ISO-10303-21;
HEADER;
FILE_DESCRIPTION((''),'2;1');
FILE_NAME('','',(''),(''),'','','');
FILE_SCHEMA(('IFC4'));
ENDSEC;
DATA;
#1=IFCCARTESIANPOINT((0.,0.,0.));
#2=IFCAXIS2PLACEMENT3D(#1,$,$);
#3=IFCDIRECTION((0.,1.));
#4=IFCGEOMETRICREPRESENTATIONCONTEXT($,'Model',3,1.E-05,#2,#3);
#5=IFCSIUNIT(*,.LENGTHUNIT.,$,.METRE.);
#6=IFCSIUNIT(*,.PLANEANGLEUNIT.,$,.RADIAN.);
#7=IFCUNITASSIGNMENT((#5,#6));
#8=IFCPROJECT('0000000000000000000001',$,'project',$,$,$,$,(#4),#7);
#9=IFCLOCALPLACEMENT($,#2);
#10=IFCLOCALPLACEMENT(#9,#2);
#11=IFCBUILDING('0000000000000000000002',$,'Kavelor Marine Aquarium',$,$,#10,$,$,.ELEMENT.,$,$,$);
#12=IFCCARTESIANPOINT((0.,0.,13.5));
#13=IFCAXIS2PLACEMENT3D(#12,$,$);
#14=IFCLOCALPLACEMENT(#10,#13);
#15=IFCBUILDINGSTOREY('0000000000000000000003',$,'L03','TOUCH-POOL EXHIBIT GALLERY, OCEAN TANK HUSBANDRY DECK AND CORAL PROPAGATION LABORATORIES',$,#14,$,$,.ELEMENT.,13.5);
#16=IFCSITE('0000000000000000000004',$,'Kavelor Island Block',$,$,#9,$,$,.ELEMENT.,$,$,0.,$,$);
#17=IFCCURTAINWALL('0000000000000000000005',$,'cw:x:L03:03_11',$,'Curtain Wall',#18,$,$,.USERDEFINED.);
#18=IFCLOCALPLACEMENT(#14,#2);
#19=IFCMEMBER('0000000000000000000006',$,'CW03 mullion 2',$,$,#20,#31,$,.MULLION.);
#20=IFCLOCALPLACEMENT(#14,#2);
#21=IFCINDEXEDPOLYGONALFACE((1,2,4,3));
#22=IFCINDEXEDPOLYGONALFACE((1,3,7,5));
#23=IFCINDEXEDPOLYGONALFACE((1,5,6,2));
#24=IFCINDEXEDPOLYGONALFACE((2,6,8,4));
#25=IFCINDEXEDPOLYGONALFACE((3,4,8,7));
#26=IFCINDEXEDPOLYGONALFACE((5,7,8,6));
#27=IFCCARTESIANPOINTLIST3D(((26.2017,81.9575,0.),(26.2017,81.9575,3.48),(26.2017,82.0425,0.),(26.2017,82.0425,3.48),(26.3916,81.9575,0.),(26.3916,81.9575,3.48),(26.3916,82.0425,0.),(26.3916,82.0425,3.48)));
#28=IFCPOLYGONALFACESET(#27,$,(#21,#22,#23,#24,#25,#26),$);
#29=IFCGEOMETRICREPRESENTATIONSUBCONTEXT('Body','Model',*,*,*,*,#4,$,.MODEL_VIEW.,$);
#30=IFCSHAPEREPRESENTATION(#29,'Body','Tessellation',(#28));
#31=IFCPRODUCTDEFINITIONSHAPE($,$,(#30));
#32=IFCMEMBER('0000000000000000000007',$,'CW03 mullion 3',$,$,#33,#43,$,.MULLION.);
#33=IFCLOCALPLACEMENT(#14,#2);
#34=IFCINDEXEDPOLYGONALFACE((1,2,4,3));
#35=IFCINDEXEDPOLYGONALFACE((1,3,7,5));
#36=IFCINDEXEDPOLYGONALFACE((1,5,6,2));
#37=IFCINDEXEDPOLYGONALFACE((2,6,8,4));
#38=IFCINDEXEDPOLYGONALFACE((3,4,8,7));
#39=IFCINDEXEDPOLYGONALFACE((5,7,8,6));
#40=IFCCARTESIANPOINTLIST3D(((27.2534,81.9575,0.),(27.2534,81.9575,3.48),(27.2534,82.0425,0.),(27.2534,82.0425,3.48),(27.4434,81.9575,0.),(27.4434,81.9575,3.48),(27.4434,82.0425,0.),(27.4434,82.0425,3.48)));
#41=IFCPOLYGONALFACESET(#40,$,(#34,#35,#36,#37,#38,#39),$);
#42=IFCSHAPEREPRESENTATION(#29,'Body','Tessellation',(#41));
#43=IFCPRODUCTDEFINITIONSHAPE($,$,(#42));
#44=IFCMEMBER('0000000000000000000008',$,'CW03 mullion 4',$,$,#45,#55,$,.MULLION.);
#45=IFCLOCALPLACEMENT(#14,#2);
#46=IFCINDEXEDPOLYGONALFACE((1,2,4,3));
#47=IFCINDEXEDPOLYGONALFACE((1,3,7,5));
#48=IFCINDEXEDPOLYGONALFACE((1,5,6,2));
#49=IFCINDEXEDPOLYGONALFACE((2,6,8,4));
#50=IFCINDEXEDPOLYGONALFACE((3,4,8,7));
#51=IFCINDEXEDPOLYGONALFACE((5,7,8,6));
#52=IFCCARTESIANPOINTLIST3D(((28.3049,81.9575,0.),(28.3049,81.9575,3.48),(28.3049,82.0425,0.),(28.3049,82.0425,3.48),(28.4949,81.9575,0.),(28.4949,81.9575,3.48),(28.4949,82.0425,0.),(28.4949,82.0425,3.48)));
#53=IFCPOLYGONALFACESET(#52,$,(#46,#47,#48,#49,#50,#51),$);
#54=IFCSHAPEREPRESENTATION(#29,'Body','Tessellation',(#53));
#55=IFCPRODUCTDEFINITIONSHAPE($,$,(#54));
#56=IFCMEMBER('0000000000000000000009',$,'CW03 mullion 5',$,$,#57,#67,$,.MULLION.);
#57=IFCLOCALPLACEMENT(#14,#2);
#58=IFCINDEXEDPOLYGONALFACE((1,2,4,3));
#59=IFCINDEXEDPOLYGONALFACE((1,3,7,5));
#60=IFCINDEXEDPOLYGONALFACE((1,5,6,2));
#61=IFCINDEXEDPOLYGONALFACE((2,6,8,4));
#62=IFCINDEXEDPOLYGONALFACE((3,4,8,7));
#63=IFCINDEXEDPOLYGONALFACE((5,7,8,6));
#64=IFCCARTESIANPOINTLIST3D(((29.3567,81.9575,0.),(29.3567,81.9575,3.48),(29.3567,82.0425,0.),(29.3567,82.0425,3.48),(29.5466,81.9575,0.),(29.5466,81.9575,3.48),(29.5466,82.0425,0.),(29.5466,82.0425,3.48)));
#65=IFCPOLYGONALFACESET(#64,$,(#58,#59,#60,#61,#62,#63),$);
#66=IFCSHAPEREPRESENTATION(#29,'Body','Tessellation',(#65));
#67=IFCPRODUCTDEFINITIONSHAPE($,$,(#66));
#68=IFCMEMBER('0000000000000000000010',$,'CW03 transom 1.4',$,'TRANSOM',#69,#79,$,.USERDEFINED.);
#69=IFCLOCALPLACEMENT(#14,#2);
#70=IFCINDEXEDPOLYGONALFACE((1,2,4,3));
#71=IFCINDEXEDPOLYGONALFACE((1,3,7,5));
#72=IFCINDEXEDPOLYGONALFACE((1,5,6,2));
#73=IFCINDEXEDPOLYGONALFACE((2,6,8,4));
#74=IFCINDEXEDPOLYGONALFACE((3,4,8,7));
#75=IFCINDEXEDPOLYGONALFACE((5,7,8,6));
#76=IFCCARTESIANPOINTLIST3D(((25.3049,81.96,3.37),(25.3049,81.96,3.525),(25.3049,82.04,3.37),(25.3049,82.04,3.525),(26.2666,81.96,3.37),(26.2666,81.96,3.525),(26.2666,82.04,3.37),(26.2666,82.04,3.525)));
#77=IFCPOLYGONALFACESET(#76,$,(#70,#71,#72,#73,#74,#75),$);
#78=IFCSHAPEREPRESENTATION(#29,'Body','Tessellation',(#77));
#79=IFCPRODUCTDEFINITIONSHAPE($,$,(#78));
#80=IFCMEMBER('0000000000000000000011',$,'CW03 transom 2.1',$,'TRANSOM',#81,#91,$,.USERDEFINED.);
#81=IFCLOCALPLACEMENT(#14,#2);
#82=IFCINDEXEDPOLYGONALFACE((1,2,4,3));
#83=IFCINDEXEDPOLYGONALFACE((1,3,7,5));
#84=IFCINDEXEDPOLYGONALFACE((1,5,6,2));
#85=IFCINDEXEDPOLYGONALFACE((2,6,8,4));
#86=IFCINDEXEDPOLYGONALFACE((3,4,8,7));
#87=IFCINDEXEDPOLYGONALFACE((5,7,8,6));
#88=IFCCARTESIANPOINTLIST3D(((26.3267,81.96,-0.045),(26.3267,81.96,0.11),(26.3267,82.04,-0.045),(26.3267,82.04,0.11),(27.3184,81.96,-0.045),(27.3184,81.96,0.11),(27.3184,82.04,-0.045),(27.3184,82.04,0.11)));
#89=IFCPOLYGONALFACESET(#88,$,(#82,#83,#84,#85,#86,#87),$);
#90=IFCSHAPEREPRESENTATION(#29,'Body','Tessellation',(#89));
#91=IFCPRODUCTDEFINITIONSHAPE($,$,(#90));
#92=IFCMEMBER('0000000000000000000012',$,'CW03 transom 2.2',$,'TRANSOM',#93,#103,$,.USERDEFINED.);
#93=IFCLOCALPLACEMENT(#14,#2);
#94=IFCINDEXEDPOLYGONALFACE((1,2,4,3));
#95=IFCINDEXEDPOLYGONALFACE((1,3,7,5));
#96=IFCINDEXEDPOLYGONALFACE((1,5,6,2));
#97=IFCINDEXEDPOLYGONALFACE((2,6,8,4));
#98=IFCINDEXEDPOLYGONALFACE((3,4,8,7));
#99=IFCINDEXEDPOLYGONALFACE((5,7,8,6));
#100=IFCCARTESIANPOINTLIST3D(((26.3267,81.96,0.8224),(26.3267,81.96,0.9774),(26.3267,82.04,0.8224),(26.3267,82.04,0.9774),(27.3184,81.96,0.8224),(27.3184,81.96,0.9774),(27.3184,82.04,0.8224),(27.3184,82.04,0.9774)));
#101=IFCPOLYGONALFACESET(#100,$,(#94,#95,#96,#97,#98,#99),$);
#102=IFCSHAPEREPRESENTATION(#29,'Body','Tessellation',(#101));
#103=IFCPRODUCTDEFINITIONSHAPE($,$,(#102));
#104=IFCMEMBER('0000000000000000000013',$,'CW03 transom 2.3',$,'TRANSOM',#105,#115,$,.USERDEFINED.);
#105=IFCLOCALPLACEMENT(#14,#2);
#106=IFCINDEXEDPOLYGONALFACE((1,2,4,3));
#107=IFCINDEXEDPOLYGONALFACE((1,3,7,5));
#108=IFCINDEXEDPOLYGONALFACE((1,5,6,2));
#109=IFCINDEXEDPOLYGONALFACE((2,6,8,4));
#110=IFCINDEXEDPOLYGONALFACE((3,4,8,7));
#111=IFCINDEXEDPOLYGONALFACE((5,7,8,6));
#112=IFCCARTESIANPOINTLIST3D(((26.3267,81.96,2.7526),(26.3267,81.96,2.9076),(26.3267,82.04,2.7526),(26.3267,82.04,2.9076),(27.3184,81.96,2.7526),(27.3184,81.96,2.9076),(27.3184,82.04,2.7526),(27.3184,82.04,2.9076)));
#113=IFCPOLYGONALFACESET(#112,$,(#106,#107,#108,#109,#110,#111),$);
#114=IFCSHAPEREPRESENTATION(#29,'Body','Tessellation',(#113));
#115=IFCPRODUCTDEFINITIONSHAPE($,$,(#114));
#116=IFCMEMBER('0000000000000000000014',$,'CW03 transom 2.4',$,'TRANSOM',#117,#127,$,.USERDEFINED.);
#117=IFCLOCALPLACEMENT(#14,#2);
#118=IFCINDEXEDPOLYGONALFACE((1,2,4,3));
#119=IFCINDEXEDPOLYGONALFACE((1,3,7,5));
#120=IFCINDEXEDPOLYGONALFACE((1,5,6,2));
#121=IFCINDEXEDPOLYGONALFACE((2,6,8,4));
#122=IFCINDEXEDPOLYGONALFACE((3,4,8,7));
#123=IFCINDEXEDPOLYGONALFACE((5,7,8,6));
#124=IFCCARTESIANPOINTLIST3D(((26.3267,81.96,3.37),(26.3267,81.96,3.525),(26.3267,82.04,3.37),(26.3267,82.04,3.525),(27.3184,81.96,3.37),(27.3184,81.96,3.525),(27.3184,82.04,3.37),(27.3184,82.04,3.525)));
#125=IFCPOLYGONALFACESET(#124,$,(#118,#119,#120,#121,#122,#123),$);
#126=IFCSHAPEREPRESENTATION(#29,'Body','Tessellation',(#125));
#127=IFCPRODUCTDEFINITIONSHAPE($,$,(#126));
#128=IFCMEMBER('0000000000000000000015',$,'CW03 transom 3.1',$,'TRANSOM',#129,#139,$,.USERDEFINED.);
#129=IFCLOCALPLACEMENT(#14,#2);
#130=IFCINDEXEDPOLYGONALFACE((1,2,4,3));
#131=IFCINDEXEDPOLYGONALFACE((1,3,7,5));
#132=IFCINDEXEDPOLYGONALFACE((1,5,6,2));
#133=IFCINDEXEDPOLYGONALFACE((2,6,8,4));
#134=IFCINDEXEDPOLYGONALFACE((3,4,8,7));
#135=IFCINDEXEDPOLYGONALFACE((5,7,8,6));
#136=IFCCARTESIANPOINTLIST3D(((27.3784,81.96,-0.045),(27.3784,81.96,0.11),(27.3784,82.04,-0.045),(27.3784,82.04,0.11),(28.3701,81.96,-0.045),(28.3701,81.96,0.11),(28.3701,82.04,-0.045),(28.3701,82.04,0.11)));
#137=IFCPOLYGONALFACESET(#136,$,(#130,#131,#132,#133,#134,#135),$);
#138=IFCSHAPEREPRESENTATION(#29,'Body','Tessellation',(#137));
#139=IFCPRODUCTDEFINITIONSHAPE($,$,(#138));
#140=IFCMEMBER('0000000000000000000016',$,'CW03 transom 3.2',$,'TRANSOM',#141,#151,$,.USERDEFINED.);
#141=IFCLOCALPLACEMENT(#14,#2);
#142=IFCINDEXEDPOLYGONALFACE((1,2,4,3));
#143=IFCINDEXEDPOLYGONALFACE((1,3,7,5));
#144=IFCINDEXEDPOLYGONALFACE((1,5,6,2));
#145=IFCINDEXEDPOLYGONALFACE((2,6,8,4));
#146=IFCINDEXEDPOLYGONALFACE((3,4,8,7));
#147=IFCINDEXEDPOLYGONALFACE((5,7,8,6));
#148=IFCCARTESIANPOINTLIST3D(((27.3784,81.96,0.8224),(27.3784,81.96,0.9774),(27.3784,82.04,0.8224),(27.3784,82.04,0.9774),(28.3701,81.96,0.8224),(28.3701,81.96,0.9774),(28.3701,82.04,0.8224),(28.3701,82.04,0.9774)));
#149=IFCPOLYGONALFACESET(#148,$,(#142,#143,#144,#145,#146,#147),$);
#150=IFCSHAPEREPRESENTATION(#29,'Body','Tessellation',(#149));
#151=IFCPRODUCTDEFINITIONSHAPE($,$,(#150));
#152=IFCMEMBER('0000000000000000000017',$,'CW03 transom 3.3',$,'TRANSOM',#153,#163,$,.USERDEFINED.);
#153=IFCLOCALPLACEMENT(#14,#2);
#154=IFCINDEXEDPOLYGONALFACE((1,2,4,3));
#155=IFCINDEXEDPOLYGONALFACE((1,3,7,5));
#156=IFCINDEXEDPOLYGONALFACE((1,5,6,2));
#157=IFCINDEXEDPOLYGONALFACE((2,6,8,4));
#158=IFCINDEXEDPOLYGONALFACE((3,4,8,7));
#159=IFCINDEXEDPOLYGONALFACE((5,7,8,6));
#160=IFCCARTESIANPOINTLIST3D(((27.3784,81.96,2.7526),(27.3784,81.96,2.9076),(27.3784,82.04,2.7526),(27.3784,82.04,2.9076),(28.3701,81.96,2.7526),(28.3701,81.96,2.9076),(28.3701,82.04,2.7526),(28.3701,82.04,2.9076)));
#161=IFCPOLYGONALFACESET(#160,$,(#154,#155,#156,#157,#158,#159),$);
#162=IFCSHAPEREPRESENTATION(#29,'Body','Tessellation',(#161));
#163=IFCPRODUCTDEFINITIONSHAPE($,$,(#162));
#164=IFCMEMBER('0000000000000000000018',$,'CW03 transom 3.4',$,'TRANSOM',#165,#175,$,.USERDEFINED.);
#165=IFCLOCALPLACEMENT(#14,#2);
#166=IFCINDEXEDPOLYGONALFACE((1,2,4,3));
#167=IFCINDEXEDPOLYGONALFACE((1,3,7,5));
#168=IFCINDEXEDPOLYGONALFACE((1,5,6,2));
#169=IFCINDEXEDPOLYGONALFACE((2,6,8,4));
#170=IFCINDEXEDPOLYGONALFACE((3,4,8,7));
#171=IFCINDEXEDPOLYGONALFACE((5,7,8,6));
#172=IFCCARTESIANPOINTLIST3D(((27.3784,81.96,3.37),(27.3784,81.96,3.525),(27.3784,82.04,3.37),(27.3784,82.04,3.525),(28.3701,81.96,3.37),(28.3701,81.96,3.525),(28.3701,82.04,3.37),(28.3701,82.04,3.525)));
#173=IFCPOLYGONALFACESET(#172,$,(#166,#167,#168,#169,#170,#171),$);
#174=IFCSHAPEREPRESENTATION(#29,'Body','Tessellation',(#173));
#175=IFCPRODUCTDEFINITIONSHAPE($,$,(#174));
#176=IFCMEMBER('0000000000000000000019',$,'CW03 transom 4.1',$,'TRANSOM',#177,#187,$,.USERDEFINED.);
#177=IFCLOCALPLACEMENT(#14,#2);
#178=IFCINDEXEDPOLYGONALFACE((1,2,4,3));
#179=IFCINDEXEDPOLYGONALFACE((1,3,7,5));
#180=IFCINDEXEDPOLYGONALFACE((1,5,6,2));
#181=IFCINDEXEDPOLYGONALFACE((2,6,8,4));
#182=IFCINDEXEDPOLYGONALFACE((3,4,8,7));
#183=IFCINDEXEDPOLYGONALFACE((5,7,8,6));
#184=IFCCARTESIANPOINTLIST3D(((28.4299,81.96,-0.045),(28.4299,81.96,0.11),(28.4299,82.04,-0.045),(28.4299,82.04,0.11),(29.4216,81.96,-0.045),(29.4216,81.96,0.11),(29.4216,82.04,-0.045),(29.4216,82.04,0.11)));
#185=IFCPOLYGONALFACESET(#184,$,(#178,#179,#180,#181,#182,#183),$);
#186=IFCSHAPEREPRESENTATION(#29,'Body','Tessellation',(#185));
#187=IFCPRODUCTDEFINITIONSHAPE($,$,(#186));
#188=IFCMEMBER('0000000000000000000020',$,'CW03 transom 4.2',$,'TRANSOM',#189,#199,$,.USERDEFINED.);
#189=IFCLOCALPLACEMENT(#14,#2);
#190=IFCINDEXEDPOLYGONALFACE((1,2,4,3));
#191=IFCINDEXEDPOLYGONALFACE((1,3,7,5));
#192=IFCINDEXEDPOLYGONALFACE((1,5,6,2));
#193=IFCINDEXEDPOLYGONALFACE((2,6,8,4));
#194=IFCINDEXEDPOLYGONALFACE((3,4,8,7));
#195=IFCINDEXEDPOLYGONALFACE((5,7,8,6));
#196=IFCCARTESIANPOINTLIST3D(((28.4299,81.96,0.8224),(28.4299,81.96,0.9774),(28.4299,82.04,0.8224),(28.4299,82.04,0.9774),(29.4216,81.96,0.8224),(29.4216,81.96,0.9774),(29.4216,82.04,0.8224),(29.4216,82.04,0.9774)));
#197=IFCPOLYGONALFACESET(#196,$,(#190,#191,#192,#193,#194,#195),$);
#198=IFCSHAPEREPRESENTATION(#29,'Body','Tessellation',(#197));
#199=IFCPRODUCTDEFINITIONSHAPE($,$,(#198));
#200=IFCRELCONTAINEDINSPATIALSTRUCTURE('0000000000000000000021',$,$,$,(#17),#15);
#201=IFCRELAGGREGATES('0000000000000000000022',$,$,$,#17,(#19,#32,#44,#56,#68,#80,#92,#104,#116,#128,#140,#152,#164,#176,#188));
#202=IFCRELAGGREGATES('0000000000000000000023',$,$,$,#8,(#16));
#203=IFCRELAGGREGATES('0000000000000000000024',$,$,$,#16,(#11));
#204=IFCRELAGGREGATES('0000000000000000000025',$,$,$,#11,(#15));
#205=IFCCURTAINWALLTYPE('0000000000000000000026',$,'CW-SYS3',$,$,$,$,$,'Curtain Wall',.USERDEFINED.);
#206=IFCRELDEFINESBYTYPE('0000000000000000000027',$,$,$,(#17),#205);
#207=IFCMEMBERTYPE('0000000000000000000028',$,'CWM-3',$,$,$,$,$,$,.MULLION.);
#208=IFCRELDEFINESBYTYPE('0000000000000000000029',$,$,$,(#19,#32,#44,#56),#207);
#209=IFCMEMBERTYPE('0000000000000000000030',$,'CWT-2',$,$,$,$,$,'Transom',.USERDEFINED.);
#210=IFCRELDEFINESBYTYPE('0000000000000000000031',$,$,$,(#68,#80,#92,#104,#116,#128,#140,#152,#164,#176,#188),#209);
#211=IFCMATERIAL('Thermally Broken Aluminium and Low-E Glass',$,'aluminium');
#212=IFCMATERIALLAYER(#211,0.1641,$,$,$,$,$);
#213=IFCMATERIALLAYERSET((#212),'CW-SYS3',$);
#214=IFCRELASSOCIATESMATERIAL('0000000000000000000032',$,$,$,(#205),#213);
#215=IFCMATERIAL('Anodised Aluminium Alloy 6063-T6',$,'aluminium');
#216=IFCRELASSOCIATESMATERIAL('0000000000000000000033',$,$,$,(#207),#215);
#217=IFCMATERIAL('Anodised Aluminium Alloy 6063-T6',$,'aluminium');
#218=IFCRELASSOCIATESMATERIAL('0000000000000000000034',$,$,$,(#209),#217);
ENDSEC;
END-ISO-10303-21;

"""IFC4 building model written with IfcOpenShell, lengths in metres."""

from ifc_helpers import new_model, si_unit, direction, frame, origin, origin_2d, place, context, subcontext, project, spatial, rectangle, extrude, material, layer, layer_set, material_profile, profile_set, type_object, element, aggregate, save


model = new_model("IFC4")

# Units and contexts
model_context = context("Model", 3, precision=1e-05, world=origin(), true_north=direction((0.0, 1.0)))
body_context = subcontext(model_context, "Body", "Model", "MODEL_VIEW")
ifc_project = project(units=[si_unit("LENGTHUNIT", "METRE"), si_unit("PLANEANGLEUNIT", "RADIAN")], contexts=[model_context])

# Site, building, storey
site_placement = place(None, origin())
site = spatial("IfcSite", under=ifc_project, at=site_placement, Name="Kavelor Island Block", CompositionType="ELEMENT", RefElevation=0.0)
building_placement = place(site_placement, origin())
building = spatial("IfcBuilding", under=site, at=building_placement, Name="Kavelor Marine Aquarium", CompositionType="ELEMENT")
storey_placement = place(building_placement, frame((0.0, 0.0, 13.5)))
storey = spatial("IfcBuildingStorey", under=building, at=storey_placement, Name="L03", Description="TOUCH-POOL EXHIBIT GALLERY, OCEAN TANK HUSBANDRY DECK AND CORAL PROPAGATION LABORATORIES", CompositionType="ELEMENT", Elevation=13.5)

# Curtain wall, members
ifc_material_1 = material(Name="Thermally Broken Aluminium and Low-E Glass", Category="aluminium")
ifc_layer_1 = layer(ifc_material_1, 0.1641)
ifc_layer_set_1 = layer_set([ifc_layer_1], Name="CW-SYS3")
curtain_wall_type = type_object("IfcCurtainWallType", Name="CW-SYS3", ElementType="Curtain Wall", PredefinedType="USERDEFINED", material=ifc_layer_set_1)
curtain_wall_placement = place(storey_placement, origin())
curtain_wall = element("IfcCurtainWall", 1, at=curtain_wall_placement, inside=storey, type_object=curtain_wall_type, Name="cw:x:L03:03_11", ObjectType="Curtain Wall", PredefinedType="USERDEFINED")
ifc_material_2 = material(Name="Anodised Aluminium Alloy 6063-T6", Category="aluminium")
ifc_material_profile_1 = material_profile(ifc_material_2, rectangle(XDim=0.085, YDim=0.1899, at=origin_2d()), Name="CW-MUL 85x190")
ifc_profile_set_1 = profile_set([ifc_material_profile_1], Name="Anodised Aluminium Alloy 6063-T6")
member_type_1 = type_object("IfcMemberType", Name="CWM-3", PredefinedType="MULLION", material=ifc_profile_set_1)
member_1_placement = place(storey_placement, frame((26.2966, 82.0, 0.0), z_axis=(0.0, 0.0, 1.0), x_axis=(0.0, 1.0, 0.0)))
member_1 = element("IfcMember", 2, at=member_1_placement, type_object=member_type_1, Name="CW03 mullion 2", PredefinedType="MULLION", context=body_context, shape_type="SweptSolid", body=[
    extrude(rectangle(XDim=0.085, YDim=0.1899, at=origin_2d()), origin(), (0.0, 0.0, 1.0), 3.48),
])
member_2_placement = place(storey_placement, frame((27.3484, 82.0, 0.0), z_axis=(0.0, 0.0, 1.0), x_axis=(0.0, 1.0, 0.0)))
member_2 = element("IfcMember", 3, at=member_2_placement, type_object=member_type_1, Name="CW03 mullion 3", PredefinedType="MULLION", context=body_context, shape_type="SweptSolid", body=[
    extrude(rectangle(XDim=0.085, YDim=0.1899, at=origin_2d()), origin(), (0.0, 0.0, 1.0), 3.48),
])
member_3_placement = place(storey_placement, frame((28.3999, 82.0, 0.0), z_axis=(0.0, 0.0, 1.0), x_axis=(0.0, 1.0, 0.0)))
member_3 = element("IfcMember", 4, at=member_3_placement, type_object=member_type_1, Name="CW03 mullion 4", PredefinedType="MULLION", context=body_context, shape_type="SweptSolid", body=[
    extrude(rectangle(XDim=0.085, YDim=0.1899, at=origin_2d()), origin(), (0.0, 0.0, 1.0), 3.48),
])
member_4_placement = place(storey_placement, frame((29.4517, 82.0, 0.0), z_axis=(0.0, 0.0, 1.0), x_axis=(0.0, 1.0, 0.0)))
member_4 = element("IfcMember", 5, at=member_4_placement, type_object=member_type_1, Name="CW03 mullion 5", PredefinedType="MULLION", context=body_context, shape_type="SweptSolid", body=[
    extrude(rectangle(XDim=0.085, YDim=0.1899, at=origin_2d()), origin(), (0.0, 0.0, 1.0), 3.48),
])
ifc_material_3 = material(Name="Anodised Aluminium Alloy 6063-T6", Category="aluminium")
ifc_material_profile_2 = material_profile(ifc_material_3, rectangle(XDim=0.0801, YDim=0.155, at=origin_2d()), Name="CW-TRN 80x155")
ifc_profile_set_2 = profile_set([ifc_material_profile_2], Name="Anodised Aluminium Alloy 6063-T6")
member_type_2 = type_object("IfcMemberType", Name="CWT-2", ElementType="Transom", PredefinedType="USERDEFINED", material=ifc_profile_set_2)
member_5_placement = place(storey_placement, frame((25.3049, 82.0, 3.4475), z_axis=(1.0, 0.0, 0.0), x_axis=(0.0, 1.0, 0.0)))
member_5 = element("IfcMember", 6, at=member_5_placement, type_object=member_type_2, Name="CW03 transom 1.4", ObjectType="TRANSOM", PredefinedType="USERDEFINED", context=body_context, shape_type="SweptSolid", body=[
    extrude(rectangle(XDim=0.0801, YDim=0.155, at=origin_2d()), origin(), (0.0, 0.0, 1.0), 0.9617),
])
member_6_placement = place(storey_placement, frame((26.3267, 82.0, 0.0325), z_axis=(1.0, 0.0, 0.0), x_axis=(0.0, 1.0, 0.0)))
member_6 = element("IfcMember", 7, at=member_6_placement, type_object=member_type_2, Name="CW03 transom 2.1", ObjectType="TRANSOM", PredefinedType="USERDEFINED", context=body_context, shape_type="SweptSolid", body=[
    extrude(rectangle(XDim=0.0801, YDim=0.155, at=origin_2d()), origin(), (0.0, 0.0, 1.0), 0.9917),
])
member_7_placement = place(storey_placement, frame((26.3267, 82.0, 0.8999), z_axis=(1.0, 0.0, 0.0), x_axis=(0.0, 1.0, 0.0)))
member_7 = element("IfcMember", 8, at=member_7_placement, type_object=member_type_2, Name="CW03 transom 2.2", ObjectType="TRANSOM", PredefinedType="USERDEFINED", context=body_context, shape_type="SweptSolid", body=[
    extrude(rectangle(XDim=0.0801, YDim=0.155, at=origin_2d()), origin(), (0.0, 0.0, 1.0), 0.9917),
])
member_8_placement = place(storey_placement, frame((26.3267, 82.0, 2.8301), z_axis=(1.0, 0.0, 0.0), x_axis=(0.0, 1.0, 0.0)))
member_8 = element("IfcMember", 9, at=member_8_placement, type_object=member_type_2, Name="CW03 transom 2.3", ObjectType="TRANSOM", PredefinedType="USERDEFINED", context=body_context, shape_type="SweptSolid", body=[
    extrude(rectangle(XDim=0.0801, YDim=0.155, at=origin_2d()), origin(), (0.0, 0.0, 1.0), 0.9917),
])
member_9_placement = place(storey_placement, frame((26.3267, 82.0, 3.4475), z_axis=(1.0, 0.0, 0.0), x_axis=(0.0, 1.0, 0.0)))
member_9 = element("IfcMember", 10, at=member_9_placement, type_object=member_type_2, Name="CW03 transom 2.4", ObjectType="TRANSOM", PredefinedType="USERDEFINED", context=body_context, shape_type="SweptSolid", body=[
    extrude(rectangle(XDim=0.0801, YDim=0.155, at=origin_2d()), origin(), (0.0, 0.0, 1.0), 0.9917),
])
member_10_placement = place(storey_placement, frame((27.3784, 82.0, 0.0325), z_axis=(1.0, 0.0, 0.0), x_axis=(0.0, 1.0, 0.0)))
member_10 = element("IfcMember", 11, at=member_10_placement, type_object=member_type_2, Name="CW03 transom 3.1", ObjectType="TRANSOM", PredefinedType="USERDEFINED", context=body_context, shape_type="SweptSolid", body=[
    extrude(rectangle(XDim=0.0801, YDim=0.155, at=origin_2d()), origin(), (0.0, 0.0, 1.0), 0.9917),
])
member_11_placement = place(storey_placement, frame((27.3784, 82.0, 0.8999), z_axis=(1.0, 0.0, 0.0), x_axis=(0.0, 1.0, 0.0)))
member_11 = element("IfcMember", 12, at=member_11_placement, type_object=member_type_2, Name="CW03 transom 3.2", ObjectType="TRANSOM", PredefinedType="USERDEFINED", context=body_context, shape_type="SweptSolid", body=[
    extrude(rectangle(XDim=0.0801, YDim=0.155, at=origin_2d()), origin(), (0.0, 0.0, 1.0), 0.9917),
])
member_12_placement = place(storey_placement, frame((27.3784, 82.0, 2.8301), z_axis=(1.0, 0.0, 0.0), x_axis=(0.0, 1.0, 0.0)))
member_12 = element("IfcMember", 13, at=member_12_placement, type_object=member_type_2, Name="CW03 transom 3.3", ObjectType="TRANSOM", PredefinedType="USERDEFINED", context=body_context, shape_type="SweptSolid", body=[
    extrude(rectangle(XDim=0.0801, YDim=0.155, at=origin_2d()), origin(), (0.0, 0.0, 1.0), 0.9917),
])
member_13_placement = place(storey_placement, frame((27.3784, 82.0, 3.4475), z_axis=(1.0, 0.0, 0.0), x_axis=(0.0, 1.0, 0.0)))
member_13 = element("IfcMember", 14, at=member_13_placement, type_object=member_type_2, Name="CW03 transom 3.4", ObjectType="TRANSOM", PredefinedType="USERDEFINED", context=body_context, shape_type="SweptSolid", body=[
    extrude(rectangle(XDim=0.0801, YDim=0.155, at=origin_2d()), origin(), (0.0, 0.0, 1.0), 0.9917),
])
member_14_placement = place(storey_placement, frame((28.4299, 82.0, 0.0325), z_axis=(1.0, 0.0, 0.0), x_axis=(0.0, 1.0, 0.0)))
member_14 = element("IfcMember", 15, at=member_14_placement, type_object=member_type_2, Name="CW03 transom 4.1", ObjectType="TRANSOM", PredefinedType="USERDEFINED", context=body_context, shape_type="SweptSolid", body=[
    extrude(rectangle(XDim=0.0801, YDim=0.155, at=origin_2d()), origin(), (0.0, 0.0, 1.0), 0.9917),
])
member_15_placement = place(storey_placement, frame((28.4299, 82.0, 0.8999), z_axis=(1.0, 0.0, 0.0), x_axis=(0.0, 1.0, 0.0)))
member_15 = element("IfcMember", 16, at=member_15_placement, type_object=member_type_2, Name="CW03 transom 4.2", ObjectType="TRANSOM", PredefinedType="USERDEFINED", context=body_context, shape_type="SweptSolid", body=[
    extrude(rectangle(XDim=0.0801, YDim=0.155, at=origin_2d()), origin(), (0.0, 0.0, 1.0), 0.9917),
])
aggregate(curtain_wall, [member_1, member_2, member_3, member_4, member_5, member_6, member_7, member_8, member_9, member_10, member_11, member_12, member_13, member_14, member_15])

save(model, "model.ifc")
